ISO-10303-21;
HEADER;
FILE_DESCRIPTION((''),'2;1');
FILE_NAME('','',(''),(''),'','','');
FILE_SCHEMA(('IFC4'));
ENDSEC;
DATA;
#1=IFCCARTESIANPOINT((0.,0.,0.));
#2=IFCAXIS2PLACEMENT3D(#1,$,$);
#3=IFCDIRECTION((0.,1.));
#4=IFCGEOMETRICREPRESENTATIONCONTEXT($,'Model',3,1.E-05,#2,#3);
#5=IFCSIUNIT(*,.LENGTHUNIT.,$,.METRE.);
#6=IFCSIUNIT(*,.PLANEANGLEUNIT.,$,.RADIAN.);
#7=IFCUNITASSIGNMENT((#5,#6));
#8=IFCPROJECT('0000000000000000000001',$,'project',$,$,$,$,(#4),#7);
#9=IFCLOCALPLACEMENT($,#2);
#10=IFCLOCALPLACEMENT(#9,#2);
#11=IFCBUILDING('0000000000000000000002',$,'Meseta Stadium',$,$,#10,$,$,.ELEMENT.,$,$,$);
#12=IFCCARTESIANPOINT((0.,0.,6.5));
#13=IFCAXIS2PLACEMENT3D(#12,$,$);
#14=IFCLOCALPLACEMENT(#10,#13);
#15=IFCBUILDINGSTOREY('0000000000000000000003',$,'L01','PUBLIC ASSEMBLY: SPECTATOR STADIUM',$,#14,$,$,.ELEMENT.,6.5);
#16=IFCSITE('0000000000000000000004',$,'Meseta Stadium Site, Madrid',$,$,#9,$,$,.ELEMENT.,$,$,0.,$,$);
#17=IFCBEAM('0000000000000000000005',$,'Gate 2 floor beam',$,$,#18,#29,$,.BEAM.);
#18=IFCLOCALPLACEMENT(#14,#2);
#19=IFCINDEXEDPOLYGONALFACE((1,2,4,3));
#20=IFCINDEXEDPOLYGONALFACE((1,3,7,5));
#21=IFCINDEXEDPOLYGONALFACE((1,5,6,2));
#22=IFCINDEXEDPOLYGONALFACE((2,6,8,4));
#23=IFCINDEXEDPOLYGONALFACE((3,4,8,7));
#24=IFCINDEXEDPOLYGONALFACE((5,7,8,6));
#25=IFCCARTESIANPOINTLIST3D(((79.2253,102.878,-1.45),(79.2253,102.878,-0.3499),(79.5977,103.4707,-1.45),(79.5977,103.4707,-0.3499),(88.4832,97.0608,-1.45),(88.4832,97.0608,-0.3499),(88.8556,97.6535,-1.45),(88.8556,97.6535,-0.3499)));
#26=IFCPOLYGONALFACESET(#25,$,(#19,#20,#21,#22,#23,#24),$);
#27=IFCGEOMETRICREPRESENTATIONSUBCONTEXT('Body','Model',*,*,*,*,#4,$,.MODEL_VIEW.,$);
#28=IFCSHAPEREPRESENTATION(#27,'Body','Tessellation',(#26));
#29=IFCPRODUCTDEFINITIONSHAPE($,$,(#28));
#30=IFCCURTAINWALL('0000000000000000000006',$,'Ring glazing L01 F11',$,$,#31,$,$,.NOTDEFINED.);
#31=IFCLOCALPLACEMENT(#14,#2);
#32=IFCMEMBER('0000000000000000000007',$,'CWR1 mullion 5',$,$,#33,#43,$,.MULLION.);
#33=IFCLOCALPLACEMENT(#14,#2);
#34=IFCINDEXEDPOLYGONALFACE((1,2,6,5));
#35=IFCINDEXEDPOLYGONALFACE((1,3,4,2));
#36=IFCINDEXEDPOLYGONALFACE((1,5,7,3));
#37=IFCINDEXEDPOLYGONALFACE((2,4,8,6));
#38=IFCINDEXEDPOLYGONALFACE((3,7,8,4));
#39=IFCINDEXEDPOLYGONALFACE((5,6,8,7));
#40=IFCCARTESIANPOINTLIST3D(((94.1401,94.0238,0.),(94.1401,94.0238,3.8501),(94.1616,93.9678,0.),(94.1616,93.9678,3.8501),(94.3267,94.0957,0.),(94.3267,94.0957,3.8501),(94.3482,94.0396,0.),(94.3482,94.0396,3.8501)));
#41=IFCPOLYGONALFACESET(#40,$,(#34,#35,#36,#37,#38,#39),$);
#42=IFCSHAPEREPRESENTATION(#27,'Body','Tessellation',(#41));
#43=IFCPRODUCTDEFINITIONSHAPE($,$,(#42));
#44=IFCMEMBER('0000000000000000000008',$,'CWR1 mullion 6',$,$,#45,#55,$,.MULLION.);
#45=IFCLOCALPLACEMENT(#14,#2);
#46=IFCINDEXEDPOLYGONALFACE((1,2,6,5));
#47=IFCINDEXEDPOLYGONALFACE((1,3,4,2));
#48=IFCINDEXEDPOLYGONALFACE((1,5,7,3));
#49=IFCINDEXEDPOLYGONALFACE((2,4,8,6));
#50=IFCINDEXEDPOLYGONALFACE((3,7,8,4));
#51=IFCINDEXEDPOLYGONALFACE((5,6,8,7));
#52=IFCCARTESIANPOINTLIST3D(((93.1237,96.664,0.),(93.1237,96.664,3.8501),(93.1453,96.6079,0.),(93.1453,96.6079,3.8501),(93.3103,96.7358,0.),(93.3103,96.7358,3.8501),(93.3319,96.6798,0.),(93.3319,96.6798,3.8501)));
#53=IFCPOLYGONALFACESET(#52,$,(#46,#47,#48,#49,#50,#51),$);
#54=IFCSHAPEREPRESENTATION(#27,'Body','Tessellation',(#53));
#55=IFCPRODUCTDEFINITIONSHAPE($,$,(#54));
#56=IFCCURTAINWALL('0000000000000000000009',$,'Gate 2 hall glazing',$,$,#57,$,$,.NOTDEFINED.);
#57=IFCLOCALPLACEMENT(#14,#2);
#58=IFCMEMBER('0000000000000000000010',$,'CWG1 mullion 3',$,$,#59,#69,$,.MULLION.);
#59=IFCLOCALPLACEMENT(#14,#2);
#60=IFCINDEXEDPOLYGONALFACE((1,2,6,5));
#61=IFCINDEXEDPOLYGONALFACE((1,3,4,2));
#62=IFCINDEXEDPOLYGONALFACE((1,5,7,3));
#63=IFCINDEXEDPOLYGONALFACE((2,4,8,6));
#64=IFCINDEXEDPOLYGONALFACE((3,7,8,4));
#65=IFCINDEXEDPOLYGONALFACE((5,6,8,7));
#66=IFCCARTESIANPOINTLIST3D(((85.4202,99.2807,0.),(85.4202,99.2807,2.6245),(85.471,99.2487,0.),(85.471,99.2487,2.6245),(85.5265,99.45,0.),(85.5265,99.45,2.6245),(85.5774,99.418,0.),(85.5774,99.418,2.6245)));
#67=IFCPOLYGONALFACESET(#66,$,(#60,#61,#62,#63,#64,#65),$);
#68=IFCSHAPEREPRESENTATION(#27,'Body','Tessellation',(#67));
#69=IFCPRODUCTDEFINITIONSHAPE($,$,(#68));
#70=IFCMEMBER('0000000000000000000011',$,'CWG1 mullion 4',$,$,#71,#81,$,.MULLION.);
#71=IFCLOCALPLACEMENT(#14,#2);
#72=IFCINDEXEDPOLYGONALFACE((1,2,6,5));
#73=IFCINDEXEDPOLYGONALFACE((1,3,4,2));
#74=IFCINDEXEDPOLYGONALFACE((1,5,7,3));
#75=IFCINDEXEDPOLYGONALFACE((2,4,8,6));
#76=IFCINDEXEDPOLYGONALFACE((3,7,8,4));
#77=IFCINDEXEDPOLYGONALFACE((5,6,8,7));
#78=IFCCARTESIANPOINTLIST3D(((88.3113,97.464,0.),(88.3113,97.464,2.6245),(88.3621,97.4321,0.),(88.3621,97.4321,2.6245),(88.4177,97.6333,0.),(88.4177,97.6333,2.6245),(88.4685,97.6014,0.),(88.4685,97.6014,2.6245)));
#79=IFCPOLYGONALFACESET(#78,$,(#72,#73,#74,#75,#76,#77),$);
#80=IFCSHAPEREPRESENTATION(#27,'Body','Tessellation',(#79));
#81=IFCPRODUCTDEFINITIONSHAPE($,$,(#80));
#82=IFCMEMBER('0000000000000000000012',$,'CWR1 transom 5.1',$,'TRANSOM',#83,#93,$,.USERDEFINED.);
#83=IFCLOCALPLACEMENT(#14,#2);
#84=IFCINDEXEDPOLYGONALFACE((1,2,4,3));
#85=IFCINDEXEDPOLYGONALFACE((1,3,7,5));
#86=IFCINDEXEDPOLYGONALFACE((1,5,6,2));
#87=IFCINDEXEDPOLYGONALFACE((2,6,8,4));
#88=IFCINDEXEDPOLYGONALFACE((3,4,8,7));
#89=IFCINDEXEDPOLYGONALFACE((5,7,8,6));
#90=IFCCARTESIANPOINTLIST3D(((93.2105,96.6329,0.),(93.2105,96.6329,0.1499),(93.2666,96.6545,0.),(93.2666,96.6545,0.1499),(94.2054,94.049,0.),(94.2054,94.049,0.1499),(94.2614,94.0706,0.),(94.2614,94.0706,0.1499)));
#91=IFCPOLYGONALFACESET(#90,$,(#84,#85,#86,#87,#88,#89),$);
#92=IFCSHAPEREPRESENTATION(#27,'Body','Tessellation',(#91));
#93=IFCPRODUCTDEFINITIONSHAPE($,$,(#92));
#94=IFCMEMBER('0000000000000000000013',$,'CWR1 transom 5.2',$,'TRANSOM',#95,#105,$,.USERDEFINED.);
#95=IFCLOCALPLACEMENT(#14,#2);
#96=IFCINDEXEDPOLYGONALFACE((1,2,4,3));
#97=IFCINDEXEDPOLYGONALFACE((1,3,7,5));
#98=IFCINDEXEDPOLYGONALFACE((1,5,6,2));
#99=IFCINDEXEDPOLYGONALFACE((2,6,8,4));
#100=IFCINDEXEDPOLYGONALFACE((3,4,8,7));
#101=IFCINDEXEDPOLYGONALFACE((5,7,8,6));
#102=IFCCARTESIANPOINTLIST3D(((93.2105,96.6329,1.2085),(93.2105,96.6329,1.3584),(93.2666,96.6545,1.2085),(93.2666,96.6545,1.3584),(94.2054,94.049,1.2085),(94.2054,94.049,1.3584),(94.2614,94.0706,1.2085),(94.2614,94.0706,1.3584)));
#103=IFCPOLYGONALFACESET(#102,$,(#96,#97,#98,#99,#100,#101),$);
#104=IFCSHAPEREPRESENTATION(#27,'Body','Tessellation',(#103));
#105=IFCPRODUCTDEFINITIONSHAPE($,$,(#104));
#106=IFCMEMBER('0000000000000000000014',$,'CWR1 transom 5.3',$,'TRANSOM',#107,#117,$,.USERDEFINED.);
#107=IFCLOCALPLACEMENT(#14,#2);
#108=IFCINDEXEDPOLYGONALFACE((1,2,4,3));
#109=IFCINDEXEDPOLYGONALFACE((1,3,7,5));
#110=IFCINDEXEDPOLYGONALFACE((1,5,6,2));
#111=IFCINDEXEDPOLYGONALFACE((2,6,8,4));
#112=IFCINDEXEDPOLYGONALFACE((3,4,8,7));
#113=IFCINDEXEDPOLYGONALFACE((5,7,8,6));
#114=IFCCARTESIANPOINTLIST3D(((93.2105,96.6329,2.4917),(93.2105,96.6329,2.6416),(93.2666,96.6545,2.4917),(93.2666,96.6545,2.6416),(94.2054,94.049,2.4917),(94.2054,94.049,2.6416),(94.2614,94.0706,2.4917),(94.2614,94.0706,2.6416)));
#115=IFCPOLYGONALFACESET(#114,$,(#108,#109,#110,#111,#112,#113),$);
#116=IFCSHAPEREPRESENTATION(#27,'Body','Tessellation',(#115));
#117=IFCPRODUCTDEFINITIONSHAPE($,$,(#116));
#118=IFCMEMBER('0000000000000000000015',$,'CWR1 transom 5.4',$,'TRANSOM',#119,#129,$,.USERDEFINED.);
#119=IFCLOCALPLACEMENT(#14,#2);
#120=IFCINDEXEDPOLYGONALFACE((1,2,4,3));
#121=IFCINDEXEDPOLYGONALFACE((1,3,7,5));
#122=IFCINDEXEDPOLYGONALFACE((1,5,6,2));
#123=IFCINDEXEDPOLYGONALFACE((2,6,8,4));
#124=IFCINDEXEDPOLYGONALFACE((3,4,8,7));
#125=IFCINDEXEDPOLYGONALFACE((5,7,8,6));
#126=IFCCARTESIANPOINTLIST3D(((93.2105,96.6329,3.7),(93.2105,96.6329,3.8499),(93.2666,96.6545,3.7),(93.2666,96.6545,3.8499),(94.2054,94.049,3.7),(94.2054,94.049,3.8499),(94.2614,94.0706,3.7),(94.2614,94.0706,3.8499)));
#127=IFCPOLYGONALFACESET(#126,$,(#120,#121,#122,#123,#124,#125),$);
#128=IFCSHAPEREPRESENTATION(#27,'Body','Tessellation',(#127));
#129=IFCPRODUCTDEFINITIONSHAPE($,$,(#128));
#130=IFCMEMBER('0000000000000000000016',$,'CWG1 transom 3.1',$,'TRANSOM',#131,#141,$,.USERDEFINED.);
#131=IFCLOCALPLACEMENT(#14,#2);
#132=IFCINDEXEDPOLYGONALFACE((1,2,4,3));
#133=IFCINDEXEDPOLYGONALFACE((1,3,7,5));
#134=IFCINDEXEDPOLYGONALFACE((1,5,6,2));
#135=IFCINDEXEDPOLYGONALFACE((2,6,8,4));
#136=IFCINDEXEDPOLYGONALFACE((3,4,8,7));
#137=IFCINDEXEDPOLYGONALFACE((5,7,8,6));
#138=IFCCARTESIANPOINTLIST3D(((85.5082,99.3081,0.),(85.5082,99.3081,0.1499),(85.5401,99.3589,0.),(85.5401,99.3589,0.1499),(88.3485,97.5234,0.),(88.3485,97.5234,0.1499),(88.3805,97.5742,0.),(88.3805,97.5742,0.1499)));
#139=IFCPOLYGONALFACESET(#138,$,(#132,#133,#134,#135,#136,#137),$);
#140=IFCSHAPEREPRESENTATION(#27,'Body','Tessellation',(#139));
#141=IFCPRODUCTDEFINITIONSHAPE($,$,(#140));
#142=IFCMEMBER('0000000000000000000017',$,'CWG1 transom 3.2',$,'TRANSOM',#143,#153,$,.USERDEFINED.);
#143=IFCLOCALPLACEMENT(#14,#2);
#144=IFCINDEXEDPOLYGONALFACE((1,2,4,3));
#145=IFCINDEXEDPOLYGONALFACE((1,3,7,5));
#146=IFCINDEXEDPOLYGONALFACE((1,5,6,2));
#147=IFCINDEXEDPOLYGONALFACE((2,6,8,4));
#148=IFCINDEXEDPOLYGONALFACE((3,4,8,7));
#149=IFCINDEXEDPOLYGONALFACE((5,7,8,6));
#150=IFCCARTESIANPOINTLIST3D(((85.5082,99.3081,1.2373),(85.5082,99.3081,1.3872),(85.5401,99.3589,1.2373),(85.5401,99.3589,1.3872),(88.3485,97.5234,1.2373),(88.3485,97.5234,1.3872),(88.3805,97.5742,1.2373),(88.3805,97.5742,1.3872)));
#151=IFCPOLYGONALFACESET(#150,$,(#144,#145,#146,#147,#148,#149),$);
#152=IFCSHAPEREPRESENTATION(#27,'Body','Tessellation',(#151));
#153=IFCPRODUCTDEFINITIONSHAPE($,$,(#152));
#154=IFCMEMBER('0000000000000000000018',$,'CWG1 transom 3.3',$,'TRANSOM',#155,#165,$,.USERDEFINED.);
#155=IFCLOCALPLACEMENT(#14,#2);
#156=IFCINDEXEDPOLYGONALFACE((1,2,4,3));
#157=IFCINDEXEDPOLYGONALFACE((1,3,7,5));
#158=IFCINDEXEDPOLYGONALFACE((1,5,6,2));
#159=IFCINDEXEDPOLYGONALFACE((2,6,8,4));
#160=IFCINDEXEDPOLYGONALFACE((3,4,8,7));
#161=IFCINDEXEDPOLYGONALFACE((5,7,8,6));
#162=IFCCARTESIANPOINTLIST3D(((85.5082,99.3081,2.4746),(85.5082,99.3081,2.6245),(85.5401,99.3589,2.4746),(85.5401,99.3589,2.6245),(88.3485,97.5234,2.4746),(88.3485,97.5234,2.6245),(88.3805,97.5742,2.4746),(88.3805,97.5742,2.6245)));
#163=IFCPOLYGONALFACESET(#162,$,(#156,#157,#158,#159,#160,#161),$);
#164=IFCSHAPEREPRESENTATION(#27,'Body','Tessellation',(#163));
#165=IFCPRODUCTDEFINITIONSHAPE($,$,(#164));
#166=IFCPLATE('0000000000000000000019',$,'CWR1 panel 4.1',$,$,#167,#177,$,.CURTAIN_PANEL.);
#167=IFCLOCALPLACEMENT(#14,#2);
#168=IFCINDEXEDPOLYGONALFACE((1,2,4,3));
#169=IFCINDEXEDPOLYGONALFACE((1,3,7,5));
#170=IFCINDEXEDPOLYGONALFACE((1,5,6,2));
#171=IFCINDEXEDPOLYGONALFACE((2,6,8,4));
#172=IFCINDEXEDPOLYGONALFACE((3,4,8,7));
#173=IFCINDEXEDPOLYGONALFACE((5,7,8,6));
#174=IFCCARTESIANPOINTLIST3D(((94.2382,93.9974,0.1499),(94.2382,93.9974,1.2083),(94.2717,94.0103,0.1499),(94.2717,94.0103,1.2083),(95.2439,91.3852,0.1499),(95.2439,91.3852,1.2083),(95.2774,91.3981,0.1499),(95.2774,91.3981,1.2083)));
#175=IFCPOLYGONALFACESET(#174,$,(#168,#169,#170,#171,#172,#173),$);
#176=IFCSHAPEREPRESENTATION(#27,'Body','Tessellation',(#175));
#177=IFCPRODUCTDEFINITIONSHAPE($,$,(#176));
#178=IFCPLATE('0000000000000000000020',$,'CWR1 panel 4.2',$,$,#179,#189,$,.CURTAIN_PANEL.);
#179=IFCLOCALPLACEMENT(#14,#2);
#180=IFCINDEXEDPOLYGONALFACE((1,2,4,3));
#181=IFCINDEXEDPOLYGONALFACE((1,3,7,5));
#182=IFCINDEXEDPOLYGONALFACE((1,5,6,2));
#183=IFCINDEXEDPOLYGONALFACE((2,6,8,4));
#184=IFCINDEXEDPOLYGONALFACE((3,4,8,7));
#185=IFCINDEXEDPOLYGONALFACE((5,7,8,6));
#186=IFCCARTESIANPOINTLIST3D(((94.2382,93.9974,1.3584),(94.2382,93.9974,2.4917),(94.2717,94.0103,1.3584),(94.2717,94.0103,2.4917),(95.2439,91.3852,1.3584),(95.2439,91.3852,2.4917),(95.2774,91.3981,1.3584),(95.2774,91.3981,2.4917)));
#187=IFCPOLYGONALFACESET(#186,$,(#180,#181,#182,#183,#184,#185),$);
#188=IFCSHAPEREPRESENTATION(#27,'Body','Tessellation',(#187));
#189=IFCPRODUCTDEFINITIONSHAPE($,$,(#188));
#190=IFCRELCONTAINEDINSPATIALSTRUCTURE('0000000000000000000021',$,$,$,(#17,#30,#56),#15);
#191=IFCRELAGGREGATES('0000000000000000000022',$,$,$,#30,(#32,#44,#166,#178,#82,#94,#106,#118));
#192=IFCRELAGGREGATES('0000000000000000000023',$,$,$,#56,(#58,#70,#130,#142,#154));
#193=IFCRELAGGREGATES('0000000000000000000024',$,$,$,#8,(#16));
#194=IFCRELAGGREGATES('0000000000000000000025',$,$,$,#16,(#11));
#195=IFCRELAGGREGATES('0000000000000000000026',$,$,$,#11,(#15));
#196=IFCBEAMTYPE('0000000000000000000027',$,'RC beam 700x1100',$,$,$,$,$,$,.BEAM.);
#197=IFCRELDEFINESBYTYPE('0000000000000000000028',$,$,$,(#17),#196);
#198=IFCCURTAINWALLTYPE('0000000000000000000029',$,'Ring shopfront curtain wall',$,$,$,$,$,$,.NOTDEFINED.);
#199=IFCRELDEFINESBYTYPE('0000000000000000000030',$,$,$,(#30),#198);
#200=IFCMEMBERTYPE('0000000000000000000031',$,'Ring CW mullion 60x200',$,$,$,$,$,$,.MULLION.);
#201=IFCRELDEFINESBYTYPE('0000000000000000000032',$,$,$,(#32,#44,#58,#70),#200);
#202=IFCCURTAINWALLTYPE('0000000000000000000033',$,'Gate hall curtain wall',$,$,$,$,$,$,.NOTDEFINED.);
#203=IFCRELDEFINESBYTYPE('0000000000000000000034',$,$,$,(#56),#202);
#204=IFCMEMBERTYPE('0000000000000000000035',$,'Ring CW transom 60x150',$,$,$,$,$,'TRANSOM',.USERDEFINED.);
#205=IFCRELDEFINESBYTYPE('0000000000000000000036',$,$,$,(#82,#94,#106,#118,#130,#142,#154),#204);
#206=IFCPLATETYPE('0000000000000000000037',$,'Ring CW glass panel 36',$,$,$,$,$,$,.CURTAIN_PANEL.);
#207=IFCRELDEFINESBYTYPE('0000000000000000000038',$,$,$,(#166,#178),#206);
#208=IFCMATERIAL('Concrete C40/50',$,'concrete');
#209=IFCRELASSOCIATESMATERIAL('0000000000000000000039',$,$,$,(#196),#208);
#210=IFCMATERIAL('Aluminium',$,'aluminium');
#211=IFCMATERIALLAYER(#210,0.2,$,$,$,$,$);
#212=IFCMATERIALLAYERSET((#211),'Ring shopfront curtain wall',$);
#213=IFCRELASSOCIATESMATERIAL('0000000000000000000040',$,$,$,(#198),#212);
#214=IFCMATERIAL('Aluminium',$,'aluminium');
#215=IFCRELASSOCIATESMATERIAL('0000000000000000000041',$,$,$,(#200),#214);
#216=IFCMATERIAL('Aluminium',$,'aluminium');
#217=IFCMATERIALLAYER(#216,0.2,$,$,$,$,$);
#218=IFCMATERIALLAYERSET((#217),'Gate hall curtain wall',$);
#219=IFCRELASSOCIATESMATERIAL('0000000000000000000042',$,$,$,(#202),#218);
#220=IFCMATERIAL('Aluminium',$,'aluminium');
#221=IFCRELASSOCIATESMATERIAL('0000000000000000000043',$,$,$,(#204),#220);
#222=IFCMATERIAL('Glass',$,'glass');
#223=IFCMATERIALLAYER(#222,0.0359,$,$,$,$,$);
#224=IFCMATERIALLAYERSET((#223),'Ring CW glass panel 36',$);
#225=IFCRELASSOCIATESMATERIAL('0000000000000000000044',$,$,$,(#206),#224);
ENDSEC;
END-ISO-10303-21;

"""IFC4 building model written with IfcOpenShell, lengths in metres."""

from ifc_helpers import new_model, si_unit, direction, frame, origin, origin_2d, place, context, subcontext, project, spatial, rectangle, extrude, material, layer, layer_set, material_profile, profile_set, type_object, element, aggregate, save


model = new_model("IFC4")

# Units and contexts
model_context = context("Model", 3, precision=1e-05, world=origin(), true_north=direction((0.0, 1.0)))
body_context = subcontext(model_context, "Body", "Model", "MODEL_VIEW")
ifc_project = project(units=[si_unit("LENGTHUNIT", "METRE"), si_unit("PLANEANGLEUNIT", "RADIAN")], contexts=[model_context])

# Site, building, storey
site_placement = place(None, origin())
site = spatial("IfcSite", under=ifc_project, at=site_placement, Name="Meseta Stadium Site, Madrid", CompositionType="ELEMENT", RefElevation=0.0)
building_placement = place(site_placement, origin())
building = spatial("IfcBuilding", under=site, at=building_placement, Name="Meseta Stadium", CompositionType="ELEMENT")
storey_placement = place(building_placement, frame((0.0, 0.0, 6.5)))
storey = spatial("IfcBuildingStorey", under=building, at=storey_placement, Name="L01", Description="PUBLIC ASSEMBLY: SPECTATOR STADIUM", CompositionType="ELEMENT", Elevation=6.5)

# Beam
ifc_material_1 = material(Name="Concrete C40/50", Category="concrete")
ifc_material_profile_1 = material_profile(ifc_material_1, rectangle(XDim=0.7, YDim=1.1001, at=origin_2d()), Name="RC 700x1100")
ifc_profile_set_1 = profile_set([ifc_material_profile_1], Name="Concrete C40/50")
beam_type_1 = type_object("IfcBeamType", Name="RC beam 700x1100", PredefinedType="BEAM", material=ifc_profile_set_1)
beam_1_placement = place(storey_placement, frame((88.6694, 97.3572, -0.8999), z_axis=(-0.846721, 0.532037, 0.0), x_axis=(-0.532037, -0.846721, 0.0)))
element("IfcBeam", 1, at=beam_1_placement, inside=storey, type_object=beam_type_1, Name="Gate 2 floor beam", PredefinedType="BEAM", context=body_context, shape_type="SweptSolid", body=[
    extrude(rectangle(XDim=0.7, YDim=1.1001, at=origin_2d()), origin(), (0.0, 0.0, 1.0), 10.9338),
])

# Curtain walls, members
ifc_material_2 = material(Name="Aluminium", Category="aluminium")
ifc_layer_1 = layer(ifc_material_2, 0.2)
ifc_layer_set_1 = layer_set([ifc_layer_1], Name="Ring shopfront curtain wall")
curtain_wall_type_1 = type_object("IfcCurtainWallType", Name="Ring shopfront curtain wall", PredefinedType="NOTDEFINED", material=ifc_layer_set_1)
curtain_wall_1_placement = place(storey_placement, origin())
curtain_wall_1 = element("IfcCurtainWall", 2, at=curtain_wall_1_placement, inside=storey, type_object=curtain_wall_type_1, Name="Ring glazing L01 F11", PredefinedType="NOTDEFINED")
ifc_material_3 = material(Name="Aluminium", Category="aluminium")
ifc_material_profile_2 = material_profile(ifc_material_3, rectangle(XDim=0.2, YDim=0.0601, at=origin_2d()), Name="CW 200x60")
ifc_profile_set_2 = profile_set([ifc_material_profile_2], Name="Aluminium")
member_type_1 = type_object("IfcMemberType", Name="Ring CW mullion 60x200", PredefinedType="MULLION", material=ifc_profile_set_2)
member_1_placement = place(storey_placement, frame((94.2441, 94.0317, 0.0), z_axis=(0.0, 0.0, 1.0), x_axis=(-0.933221, -0.359302, 0.0)))
member_1 = element("IfcMember", 3, at=member_1_placement, type_object=member_type_1, Name="CWR1 mullion 5", PredefinedType="MULLION", context=body_context, shape_type="SweptSolid", body=[
    extrude(rectangle(XDim=0.2, YDim=0.0601, at=origin_2d()), origin(), (0.0, 0.0, 1.0), 3.8501),
])
member_2_placement = place(storey_placement, frame((93.2278, 96.6719, 0.0), z_axis=(0.0, 0.0, 1.0), x_axis=(-0.933221, -0.359302, 0.0)))
member_2 = element("IfcMember", 4, at=member_2_placement, type_object=member_type_1, Name="CWR1 mullion 6", PredefinedType="MULLION", context=body_context, shape_type="SweptSolid", body=[
    extrude(rectangle(XDim=0.2, YDim=0.0601, at=origin_2d()), origin(), (0.0, 0.0, 1.0), 3.8501),
])
ifc_material_4 = material(Name="Aluminium", Category="aluminium")
ifc_layer_2 = layer(ifc_material_4, 0.2)
ifc_layer_set_2 = layer_set([ifc_layer_2], Name="Gate hall curtain wall")
curtain_wall_type_2 = type_object("IfcCurtainWallType", Name="Gate hall curtain wall", PredefinedType="NOTDEFINED", material=ifc_layer_set_2)
curtain_wall_2_placement = place(storey_placement, origin())
curtain_wall_2 = element("IfcCurtainWall", 5, at=curtain_wall_2_placement, inside=storey, type_object=curtain_wall_type_2, Name="Gate 2 hall glazing", PredefinedType="NOTDEFINED")
member_3_placement = place(storey_placement, frame((85.4988, 99.3494, 0.0), z_axis=(0.0, 0.0, 1.0), x_axis=(0.532035, 0.846723, 0.0)))
member_3 = element("IfcMember", 6, at=member_3_placement, type_object=member_type_1, Name="CWG1 mullion 3", PredefinedType="MULLION", context=body_context, shape_type="SweptSolid", body=[
    extrude(rectangle(XDim=0.2, YDim=0.0601, at=origin_2d()), origin(), (0.0, 0.0, 1.0), 2.6245),
])
member_4_placement = place(storey_placement, frame((88.3899, 97.5327, 0.0), z_axis=(0.0, 0.0, 1.0), x_axis=(0.532035, 0.846723, 0.0)))
member_4 = element("IfcMember", 7, at=member_4_placement, type_object=member_type_1, Name="CWG1 mullion 4", PredefinedType="MULLION", context=body_context, shape_type="SweptSolid", body=[
    extrude(rectangle(XDim=0.2, YDim=0.0601, at=origin_2d()), origin(), (0.0, 0.0, 1.0), 2.6245),
])

# Members
ifc_material_5 = material(Name="Aluminium", Category="aluminium")
ifc_material_profile_3 = material_profile(ifc_material_5, rectangle(XDim=0.0601, YDim=0.1499, at=origin_2d()), Name="CW 60x150")
ifc_profile_set_3 = profile_set([ifc_material_profile_3], Name="Aluminium")
member_type_2 = type_object("IfcMemberType", Name="Ring CW transom 60x150", ElementType="TRANSOM", PredefinedType="USERDEFINED", material=ifc_profile_set_3)
member_5_placement = place(storey_placement, frame((94.2334, 94.0598, 0.075), z_axis=(-0.359304, 0.933221, 0.0), x_axis=(-0.933221, -0.359304, 0.0)))
member_5 = element("IfcMember", 8, at=member_5_placement, type_object=member_type_2, Name="CWR1 transom 5.1", ObjectType="TRANSOM", PredefinedType="USERDEFINED", context=body_context, shape_type="SweptSolid", body=[
    extrude(rectangle(XDim=0.0601, YDim=0.1499, at=origin_2d()), origin(), (0.0, 0.0, 1.0), 2.7688),
])
member_6_placement = place(storey_placement, frame((94.2334, 94.0598, 1.2834), z_axis=(-0.359304, 0.933221, 0.0), x_axis=(-0.933221, -0.359304, 0.0)))
member_6 = element("IfcMember", 9, at=member_6_placement, type_object=member_type_2, Name="CWR1 transom 5.2", ObjectType="TRANSOM", PredefinedType="USERDEFINED", context=body_context, shape_type="SweptSolid", body=[
    extrude(rectangle(XDim=0.0601, YDim=0.1499, at=origin_2d()), origin(), (0.0, 0.0, 1.0), 2.7688),
])
member_7_placement = place(storey_placement, frame((94.2334, 94.0598, 2.5667), z_axis=(-0.359304, 0.933221, 0.0), x_axis=(-0.933221, -0.359304, 0.0)))
member_7 = element("IfcMember", 10, at=member_7_placement, type_object=member_type_2, Name="CWR1 transom 5.3", ObjectType="TRANSOM", PredefinedType="USERDEFINED", context=body_context, shape_type="SweptSolid", body=[
    extrude(rectangle(XDim=0.0601, YDim=0.1499, at=origin_2d()), origin(), (0.0, 0.0, 1.0), 2.7688),
])
member_8_placement = place(storey_placement, frame((94.2334, 94.0598, 3.7749), z_axis=(-0.359304, 0.933221, 0.0), x_axis=(-0.933221, -0.359304, 0.0)))
member_8 = element("IfcMember", 11, at=member_8_placement, type_object=member_type_2, Name="CWR1 transom 5.4", ObjectType="TRANSOM", PredefinedType="USERDEFINED", context=body_context, shape_type="SweptSolid", body=[
    extrude(rectangle(XDim=0.0601, YDim=0.1499, at=origin_2d()), origin(), (0.0, 0.0, 1.0), 2.7688),
])
member_9_placement = place(storey_placement, frame((85.5242, 99.3335, 0.075), z_axis=(0.846728, -0.532025, 0.0), x_axis=(0.532025, 0.846728, 0.0)))
member_9 = element("IfcMember", 12, at=member_9_placement, type_object=member_type_2, Name="CWG1 transom 3.1", ObjectType="TRANSOM", PredefinedType="USERDEFINED", context=body_context, shape_type="SweptSolid", body=[
    extrude(rectangle(XDim=0.0601, YDim=0.1499, at=origin_2d()), origin(), (0.0, 0.0, 1.0), 3.3545),
])
member_10_placement = place(storey_placement, frame((85.5242, 99.3335, 1.3123), z_axis=(0.846728, -0.532025, 0.0), x_axis=(0.532025, 0.846728, 0.0)))
member_10 = element("IfcMember", 13, at=member_10_placement, type_object=member_type_2, Name="CWG1 transom 3.2", ObjectType="TRANSOM", PredefinedType="USERDEFINED", context=body_context, shape_type="SweptSolid", body=[
    extrude(rectangle(XDim=0.0601, YDim=0.1499, at=origin_2d()), origin(), (0.0, 0.0, 1.0), 3.3545),
])
member_11_placement = place(storey_placement, frame((85.5242, 99.3335, 2.5496), z_axis=(0.846728, -0.532025, 0.0), x_axis=(0.532025, 0.846728, 0.0)))
member_11 = element("IfcMember", 14, at=member_11_placement, type_object=member_type_2, Name="CWG1 transom 3.3", ObjectType="TRANSOM", PredefinedType="USERDEFINED", context=body_context, shape_type="SweptSolid", body=[
    extrude(rectangle(XDim=0.0601, YDim=0.1499, at=origin_2d()), origin(), (0.0, 0.0, 1.0), 3.3545),
])

# Plates
ifc_material_6 = material(Name="Glass", Category="glass")
ifc_layer_3 = layer(ifc_material_6, 0.0359)
ifc_layer_set_3 = layer_set([ifc_layer_3], Name="Ring CW glass panel 36")
plate_type_1 = type_object("IfcPlateType", Name="Ring CW glass panel 36", PredefinedType="CURTAIN_PANEL", material=ifc_layer_set_3)
plate_1_placement = place(storey_placement, frame((94.7578, 92.6978, 0.1499), z_axis=(0.0, 0.0, 1.0), x_axis=(-0.359302, 0.933221, 0.0)))
plate_1 = element("IfcPlate", 15, at=plate_1_placement, type_object=plate_type_1, Name="CWR1 panel 4.1", PredefinedType="CURTAIN_PANEL", context=body_context, shape_type="SweptSolid", body=[
    extrude(rectangle(XDim=2.7991, YDim=0.0359, at=origin_2d()), origin(), (0.0, 0.0, 1.0), 1.0583),
])
plate_2_placement = place(storey_placement, frame((94.7578, 92.6978, 1.3584), z_axis=(0.0, 0.0, 1.0), x_axis=(-0.359302, 0.933221, 0.0)))
plate_2 = element("IfcPlate", 16, at=plate_2_placement, type_object=plate_type_1, Name="CWR1 panel 4.2", PredefinedType="CURTAIN_PANEL", context=body_context, shape_type="SweptSolid", body=[
    extrude(rectangle(XDim=2.7991, YDim=0.0359, at=origin_2d()), origin(), (0.0, 0.0, 1.0), 1.1333),
])
aggregate(curtain_wall_1, [member_1, member_2, plate_1, plate_2, member_5, member_6, member_7, member_8])
aggregate(curtain_wall_2, [member_3, member_4, member_9, member_10, member_11])

save(model, "model.ifc")
